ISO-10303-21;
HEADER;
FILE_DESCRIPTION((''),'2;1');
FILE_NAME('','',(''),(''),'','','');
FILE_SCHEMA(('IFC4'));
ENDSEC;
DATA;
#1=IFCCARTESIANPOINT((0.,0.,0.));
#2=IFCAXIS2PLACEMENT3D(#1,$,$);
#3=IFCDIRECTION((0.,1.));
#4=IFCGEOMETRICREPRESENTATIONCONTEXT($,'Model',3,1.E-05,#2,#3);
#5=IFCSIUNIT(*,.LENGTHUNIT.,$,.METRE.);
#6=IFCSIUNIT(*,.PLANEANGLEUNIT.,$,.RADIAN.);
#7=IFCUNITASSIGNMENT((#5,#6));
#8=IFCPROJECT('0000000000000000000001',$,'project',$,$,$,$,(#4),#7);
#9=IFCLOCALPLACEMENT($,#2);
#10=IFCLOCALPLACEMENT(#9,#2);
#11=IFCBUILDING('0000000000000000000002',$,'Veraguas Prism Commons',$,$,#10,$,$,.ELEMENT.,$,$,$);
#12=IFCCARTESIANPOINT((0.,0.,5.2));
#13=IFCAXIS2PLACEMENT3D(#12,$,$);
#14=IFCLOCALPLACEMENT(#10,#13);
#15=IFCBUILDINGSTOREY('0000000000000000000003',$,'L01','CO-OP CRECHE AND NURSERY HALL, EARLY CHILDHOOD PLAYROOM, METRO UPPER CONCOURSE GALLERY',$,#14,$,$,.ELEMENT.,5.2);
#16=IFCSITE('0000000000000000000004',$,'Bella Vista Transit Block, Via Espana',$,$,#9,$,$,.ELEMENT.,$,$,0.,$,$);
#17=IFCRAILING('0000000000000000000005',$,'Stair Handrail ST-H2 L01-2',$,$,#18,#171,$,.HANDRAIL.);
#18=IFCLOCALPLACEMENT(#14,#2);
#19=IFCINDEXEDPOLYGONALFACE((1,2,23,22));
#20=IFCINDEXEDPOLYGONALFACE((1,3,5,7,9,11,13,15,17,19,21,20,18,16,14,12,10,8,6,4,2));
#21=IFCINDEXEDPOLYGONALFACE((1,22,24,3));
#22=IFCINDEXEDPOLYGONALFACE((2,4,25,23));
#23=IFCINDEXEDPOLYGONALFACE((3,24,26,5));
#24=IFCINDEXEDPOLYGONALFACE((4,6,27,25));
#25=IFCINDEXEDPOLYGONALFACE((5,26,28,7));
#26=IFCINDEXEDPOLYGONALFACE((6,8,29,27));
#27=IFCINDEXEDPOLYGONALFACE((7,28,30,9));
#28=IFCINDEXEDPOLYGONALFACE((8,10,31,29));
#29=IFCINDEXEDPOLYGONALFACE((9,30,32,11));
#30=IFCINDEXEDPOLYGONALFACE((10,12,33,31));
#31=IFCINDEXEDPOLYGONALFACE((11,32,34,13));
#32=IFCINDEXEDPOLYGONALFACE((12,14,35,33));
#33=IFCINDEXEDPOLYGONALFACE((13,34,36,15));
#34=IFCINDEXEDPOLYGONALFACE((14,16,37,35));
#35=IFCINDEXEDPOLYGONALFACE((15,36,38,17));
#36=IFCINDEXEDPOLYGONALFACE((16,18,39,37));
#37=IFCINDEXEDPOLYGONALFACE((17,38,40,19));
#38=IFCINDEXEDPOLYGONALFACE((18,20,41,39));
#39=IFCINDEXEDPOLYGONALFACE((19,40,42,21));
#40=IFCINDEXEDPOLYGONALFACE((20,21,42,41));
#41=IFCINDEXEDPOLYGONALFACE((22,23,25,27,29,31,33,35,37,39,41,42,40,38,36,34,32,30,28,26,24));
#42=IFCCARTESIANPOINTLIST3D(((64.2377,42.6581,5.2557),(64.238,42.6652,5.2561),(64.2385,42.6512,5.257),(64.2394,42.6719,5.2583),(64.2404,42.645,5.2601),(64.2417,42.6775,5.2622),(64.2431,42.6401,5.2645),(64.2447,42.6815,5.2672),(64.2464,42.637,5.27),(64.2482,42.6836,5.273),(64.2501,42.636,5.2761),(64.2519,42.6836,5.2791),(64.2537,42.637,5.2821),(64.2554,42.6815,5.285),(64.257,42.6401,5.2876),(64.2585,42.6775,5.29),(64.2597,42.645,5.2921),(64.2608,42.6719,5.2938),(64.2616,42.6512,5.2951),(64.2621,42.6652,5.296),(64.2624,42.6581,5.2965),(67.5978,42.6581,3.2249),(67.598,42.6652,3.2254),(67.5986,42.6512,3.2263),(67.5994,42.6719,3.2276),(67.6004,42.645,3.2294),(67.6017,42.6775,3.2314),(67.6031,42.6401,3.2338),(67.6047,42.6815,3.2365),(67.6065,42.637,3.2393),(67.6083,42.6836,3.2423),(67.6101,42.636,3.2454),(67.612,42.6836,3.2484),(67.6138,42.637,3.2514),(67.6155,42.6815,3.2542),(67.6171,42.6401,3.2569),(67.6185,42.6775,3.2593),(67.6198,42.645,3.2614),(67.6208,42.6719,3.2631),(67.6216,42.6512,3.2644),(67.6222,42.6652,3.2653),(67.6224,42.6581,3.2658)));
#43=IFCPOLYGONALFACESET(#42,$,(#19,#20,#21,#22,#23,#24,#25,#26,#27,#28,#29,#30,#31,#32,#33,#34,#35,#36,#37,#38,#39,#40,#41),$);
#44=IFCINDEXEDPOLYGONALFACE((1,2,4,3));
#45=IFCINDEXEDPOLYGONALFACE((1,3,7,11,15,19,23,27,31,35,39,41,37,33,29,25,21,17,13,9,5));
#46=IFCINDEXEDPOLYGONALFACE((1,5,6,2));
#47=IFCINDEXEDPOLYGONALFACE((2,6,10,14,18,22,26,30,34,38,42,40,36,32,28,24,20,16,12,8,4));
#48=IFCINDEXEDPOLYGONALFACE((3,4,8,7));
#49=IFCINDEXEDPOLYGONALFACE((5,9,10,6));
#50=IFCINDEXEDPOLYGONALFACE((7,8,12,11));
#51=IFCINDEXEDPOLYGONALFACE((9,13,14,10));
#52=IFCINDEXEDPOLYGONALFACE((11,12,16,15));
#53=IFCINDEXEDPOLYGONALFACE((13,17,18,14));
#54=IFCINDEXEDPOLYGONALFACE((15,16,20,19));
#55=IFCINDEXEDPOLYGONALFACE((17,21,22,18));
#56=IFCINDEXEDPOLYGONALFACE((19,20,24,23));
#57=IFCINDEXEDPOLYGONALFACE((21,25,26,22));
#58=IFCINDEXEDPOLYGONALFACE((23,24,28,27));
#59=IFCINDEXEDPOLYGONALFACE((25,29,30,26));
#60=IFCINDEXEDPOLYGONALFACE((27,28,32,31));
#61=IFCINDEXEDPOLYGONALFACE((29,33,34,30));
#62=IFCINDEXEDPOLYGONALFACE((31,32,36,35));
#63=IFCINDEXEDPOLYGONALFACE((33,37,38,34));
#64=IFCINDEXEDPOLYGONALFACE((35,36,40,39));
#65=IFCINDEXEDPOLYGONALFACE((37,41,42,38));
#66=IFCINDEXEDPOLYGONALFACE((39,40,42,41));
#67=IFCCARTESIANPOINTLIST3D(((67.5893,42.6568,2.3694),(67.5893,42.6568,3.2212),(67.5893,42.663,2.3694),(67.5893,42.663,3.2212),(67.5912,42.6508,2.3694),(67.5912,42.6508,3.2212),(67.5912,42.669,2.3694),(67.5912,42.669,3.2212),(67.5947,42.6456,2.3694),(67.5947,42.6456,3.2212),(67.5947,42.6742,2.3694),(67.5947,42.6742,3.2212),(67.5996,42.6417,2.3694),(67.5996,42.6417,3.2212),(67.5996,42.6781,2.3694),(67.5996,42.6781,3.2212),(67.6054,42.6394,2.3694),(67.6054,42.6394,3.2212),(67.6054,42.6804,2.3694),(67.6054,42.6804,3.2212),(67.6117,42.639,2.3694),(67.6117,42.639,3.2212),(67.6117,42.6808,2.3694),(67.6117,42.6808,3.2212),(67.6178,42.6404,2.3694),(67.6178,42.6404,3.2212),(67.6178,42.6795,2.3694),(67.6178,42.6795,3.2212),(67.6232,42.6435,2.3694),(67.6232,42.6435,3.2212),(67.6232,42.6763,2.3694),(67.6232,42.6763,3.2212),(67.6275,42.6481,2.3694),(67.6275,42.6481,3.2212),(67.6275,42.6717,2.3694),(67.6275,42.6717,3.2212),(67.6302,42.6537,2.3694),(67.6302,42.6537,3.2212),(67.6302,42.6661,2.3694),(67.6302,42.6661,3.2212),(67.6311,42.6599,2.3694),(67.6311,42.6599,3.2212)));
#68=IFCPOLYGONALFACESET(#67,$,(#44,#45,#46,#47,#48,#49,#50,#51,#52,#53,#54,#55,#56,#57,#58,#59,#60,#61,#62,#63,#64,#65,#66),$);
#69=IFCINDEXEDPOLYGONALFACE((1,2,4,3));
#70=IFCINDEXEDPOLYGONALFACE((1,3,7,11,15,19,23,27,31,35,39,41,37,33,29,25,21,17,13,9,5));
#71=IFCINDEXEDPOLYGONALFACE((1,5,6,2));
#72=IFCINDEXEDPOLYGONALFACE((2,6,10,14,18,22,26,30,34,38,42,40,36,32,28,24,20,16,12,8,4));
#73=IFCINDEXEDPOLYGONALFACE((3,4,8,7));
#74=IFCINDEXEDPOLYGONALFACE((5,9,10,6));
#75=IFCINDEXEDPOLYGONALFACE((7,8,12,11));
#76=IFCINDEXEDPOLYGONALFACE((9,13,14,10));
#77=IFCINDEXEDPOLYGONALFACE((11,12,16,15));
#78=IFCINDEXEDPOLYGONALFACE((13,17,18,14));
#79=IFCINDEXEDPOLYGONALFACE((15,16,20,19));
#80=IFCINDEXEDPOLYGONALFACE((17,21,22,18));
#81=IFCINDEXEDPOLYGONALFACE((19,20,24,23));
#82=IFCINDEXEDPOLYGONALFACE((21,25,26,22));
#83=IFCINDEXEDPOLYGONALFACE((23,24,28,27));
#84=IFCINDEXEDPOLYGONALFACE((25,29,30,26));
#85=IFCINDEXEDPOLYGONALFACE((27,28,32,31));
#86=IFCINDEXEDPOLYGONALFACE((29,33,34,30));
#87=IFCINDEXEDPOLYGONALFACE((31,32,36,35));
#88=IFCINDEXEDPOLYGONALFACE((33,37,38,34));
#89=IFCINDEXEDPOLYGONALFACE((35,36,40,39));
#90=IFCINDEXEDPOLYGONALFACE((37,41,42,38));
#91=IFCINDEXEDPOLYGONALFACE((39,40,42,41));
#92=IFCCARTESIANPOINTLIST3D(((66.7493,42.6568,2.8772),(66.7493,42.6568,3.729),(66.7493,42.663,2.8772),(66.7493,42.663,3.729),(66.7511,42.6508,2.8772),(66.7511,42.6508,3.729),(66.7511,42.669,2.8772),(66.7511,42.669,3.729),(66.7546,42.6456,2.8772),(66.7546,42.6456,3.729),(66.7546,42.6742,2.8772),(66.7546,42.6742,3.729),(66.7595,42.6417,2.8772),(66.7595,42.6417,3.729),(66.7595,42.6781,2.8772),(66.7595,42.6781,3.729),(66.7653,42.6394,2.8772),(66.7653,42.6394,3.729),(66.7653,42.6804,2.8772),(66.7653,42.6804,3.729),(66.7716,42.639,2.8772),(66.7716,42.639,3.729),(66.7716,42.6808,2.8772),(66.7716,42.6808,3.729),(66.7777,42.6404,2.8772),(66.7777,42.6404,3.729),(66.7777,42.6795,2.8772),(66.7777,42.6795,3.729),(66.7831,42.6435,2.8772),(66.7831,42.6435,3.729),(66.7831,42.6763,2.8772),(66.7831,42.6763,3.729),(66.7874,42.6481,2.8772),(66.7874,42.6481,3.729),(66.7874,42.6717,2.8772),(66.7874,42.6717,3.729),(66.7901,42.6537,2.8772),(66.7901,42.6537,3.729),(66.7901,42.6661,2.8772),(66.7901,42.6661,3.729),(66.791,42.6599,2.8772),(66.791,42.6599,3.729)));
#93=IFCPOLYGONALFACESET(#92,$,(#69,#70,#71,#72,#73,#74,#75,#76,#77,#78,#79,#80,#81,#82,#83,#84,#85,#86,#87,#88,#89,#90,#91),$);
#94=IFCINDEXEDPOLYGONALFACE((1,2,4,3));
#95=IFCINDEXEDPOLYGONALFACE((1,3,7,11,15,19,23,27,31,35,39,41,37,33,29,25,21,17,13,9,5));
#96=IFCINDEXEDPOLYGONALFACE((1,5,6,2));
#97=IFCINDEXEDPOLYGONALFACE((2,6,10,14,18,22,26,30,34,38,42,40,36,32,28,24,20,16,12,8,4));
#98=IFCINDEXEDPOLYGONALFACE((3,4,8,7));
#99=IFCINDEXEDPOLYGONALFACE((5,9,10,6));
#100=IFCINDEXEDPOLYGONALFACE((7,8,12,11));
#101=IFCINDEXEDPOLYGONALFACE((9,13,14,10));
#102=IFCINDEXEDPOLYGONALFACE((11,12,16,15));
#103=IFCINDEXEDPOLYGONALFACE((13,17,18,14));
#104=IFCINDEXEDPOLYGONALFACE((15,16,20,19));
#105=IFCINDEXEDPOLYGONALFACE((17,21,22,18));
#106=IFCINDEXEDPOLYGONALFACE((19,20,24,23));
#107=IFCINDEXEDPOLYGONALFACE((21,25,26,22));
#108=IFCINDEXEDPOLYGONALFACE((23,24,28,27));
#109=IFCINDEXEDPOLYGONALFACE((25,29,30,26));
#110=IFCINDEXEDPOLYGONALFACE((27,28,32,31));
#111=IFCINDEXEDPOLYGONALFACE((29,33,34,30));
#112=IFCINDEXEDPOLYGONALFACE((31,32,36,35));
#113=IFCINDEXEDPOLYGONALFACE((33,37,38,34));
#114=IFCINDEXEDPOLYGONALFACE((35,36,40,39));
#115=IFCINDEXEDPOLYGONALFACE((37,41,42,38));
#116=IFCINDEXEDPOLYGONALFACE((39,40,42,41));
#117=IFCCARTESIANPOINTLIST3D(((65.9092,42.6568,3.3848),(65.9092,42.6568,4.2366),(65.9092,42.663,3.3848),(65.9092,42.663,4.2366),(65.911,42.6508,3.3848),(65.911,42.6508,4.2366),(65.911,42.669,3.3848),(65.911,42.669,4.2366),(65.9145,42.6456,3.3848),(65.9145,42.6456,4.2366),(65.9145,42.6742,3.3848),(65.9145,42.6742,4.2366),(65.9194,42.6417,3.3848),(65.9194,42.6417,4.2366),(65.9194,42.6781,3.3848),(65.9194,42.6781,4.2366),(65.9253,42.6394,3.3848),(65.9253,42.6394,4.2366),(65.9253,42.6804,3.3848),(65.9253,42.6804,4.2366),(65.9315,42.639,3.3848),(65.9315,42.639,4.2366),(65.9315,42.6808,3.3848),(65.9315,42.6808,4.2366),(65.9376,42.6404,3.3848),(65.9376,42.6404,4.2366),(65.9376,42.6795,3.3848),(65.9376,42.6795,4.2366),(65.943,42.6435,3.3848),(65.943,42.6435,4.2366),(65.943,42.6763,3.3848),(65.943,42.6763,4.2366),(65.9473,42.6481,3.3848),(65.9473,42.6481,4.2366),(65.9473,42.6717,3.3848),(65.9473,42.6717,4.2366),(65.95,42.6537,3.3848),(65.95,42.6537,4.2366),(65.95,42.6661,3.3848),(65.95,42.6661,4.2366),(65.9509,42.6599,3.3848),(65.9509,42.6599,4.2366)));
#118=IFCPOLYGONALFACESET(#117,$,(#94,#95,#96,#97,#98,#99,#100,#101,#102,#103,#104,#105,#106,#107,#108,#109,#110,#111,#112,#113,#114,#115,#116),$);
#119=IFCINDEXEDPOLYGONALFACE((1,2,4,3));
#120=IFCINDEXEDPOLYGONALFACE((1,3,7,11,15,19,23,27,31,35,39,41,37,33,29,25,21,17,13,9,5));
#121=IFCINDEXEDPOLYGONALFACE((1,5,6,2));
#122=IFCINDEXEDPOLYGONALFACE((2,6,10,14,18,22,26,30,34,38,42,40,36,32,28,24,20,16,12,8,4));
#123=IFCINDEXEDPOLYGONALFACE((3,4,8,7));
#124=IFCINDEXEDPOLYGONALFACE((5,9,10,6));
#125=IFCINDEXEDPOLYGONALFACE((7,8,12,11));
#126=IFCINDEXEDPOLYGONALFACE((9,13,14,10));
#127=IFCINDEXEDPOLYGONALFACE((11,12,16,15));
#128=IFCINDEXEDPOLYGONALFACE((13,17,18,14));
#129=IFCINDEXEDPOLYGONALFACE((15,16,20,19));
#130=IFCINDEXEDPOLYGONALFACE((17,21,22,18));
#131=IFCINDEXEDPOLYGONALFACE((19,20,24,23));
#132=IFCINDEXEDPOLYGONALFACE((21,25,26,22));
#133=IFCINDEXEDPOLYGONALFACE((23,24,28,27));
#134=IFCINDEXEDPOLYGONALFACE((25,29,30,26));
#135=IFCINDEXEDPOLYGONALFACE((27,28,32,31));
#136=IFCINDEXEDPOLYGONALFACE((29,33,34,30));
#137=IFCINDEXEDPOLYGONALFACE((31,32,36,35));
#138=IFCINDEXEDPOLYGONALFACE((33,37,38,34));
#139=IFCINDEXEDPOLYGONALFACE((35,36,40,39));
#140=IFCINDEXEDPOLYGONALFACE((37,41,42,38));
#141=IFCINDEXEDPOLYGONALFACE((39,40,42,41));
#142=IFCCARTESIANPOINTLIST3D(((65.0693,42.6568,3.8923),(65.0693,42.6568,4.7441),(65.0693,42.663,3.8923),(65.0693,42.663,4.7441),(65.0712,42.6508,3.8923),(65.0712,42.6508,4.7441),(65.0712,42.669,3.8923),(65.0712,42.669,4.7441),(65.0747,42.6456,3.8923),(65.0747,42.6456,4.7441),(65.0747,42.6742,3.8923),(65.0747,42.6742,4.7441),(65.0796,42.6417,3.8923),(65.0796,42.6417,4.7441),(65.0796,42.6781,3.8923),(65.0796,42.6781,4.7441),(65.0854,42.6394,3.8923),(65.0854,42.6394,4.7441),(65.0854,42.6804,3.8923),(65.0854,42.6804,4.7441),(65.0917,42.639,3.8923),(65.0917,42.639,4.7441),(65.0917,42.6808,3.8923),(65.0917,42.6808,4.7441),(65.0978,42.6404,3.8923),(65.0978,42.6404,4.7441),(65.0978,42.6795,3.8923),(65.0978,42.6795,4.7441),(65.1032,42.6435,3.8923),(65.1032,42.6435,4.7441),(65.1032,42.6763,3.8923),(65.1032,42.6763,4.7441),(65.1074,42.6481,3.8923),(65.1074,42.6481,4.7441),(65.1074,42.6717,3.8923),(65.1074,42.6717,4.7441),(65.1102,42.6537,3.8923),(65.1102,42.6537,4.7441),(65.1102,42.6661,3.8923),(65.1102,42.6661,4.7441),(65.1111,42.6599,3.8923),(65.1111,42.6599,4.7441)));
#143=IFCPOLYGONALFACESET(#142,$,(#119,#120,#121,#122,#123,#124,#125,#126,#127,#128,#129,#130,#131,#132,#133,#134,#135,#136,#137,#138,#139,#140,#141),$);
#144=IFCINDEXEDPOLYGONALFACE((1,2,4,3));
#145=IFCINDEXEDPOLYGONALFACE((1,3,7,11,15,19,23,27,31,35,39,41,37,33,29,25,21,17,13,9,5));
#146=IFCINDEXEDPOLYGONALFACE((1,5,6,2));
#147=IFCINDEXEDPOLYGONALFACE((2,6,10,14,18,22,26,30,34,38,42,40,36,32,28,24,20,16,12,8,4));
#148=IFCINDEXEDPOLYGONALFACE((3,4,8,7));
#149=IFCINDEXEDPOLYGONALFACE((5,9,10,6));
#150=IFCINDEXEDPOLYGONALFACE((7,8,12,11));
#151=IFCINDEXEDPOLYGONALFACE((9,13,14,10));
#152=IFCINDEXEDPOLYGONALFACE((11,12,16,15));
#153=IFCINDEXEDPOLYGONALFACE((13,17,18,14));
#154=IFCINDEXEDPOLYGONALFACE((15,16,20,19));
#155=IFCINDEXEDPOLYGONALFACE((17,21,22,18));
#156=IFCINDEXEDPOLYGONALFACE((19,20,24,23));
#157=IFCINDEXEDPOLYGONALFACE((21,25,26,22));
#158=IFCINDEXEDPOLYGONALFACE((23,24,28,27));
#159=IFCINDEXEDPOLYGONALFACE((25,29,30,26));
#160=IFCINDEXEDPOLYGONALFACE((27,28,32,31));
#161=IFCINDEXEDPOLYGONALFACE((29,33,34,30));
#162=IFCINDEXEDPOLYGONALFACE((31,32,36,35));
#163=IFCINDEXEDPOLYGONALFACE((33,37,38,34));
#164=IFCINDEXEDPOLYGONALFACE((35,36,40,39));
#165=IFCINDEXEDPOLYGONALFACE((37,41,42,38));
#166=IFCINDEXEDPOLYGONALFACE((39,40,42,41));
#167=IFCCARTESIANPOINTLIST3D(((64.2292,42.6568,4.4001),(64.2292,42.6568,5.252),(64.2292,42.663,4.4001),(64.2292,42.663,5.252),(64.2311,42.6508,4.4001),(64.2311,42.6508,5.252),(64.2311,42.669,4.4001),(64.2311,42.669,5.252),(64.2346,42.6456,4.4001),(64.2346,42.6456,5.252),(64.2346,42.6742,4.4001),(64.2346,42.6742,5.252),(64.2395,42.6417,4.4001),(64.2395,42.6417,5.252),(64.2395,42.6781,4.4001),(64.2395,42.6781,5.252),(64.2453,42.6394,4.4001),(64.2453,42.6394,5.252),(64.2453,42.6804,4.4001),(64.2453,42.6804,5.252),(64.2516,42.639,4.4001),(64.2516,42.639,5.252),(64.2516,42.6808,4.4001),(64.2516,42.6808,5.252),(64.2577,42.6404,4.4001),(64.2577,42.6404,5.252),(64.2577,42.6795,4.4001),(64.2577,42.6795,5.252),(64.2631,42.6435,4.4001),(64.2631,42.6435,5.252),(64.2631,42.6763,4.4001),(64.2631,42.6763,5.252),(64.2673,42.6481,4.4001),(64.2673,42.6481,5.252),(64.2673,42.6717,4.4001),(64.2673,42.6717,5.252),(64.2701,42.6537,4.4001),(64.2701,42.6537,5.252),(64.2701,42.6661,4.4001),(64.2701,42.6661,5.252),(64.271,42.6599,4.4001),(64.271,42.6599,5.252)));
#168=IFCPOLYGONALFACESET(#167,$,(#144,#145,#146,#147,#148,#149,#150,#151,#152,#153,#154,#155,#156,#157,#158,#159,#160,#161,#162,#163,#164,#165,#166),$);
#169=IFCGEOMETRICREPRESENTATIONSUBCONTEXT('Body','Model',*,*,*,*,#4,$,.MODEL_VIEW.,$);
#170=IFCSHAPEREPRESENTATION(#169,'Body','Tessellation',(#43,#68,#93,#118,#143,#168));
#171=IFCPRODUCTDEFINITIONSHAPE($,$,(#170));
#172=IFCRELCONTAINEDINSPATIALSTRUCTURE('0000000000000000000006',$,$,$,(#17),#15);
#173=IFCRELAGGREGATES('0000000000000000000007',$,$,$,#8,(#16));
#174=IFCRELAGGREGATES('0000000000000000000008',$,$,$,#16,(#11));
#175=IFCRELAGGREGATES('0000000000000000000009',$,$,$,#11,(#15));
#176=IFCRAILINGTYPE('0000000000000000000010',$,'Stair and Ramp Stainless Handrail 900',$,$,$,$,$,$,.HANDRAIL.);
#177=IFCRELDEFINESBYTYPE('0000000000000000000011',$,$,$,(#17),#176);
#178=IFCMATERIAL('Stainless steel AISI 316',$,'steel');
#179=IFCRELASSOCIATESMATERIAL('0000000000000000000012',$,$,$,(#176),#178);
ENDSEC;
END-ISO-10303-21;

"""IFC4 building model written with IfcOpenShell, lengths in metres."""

from ifc_helpers import new_model, si_unit, direction, frame, origin, origin_2d, place, context, subcontext, project, spatial, circle, extrude, material, type_object, element, save


model = new_model("IFC4")

# Units and contexts
model_context = context("Model", 3, precision=1e-05, world=origin(), true_north=direction((0.0, 1.0)))
body_context = subcontext(model_context, "Body", "Model", "MODEL_VIEW")
ifc_project = project(units=[si_unit("LENGTHUNIT", "METRE"), si_unit("PLANEANGLEUNIT", "RADIAN")], contexts=[model_context])

# Site, building, storey
site_placement = place(None, origin())
site = spatial("IfcSite", under=ifc_project, at=site_placement, Name="Bella Vista Transit Block, Via Espana", CompositionType="ELEMENT", RefElevation=0.0)
building_placement = place(site_placement, origin())
building = spatial("IfcBuilding", under=site, at=building_placement, Name="Veraguas Prism Commons", CompositionType="ELEMENT")
storey_placement = place(building_placement, frame((0.0, 0.0, 5.2)))
storey = spatial("IfcBuildingStorey", under=building, at=storey_placement, Name="L01", Description="CO-OP CRECHE AND NURSERY HALL, EARLY CHILDHOOD PLAYROOM, METRO UPPER CONCOURSE GALLERY", CompositionType="ELEMENT", Elevation=5.2)

# Railing
ifc_material_1 = material(Name="Stainless steel AISI 316", Category="steel")
railing_type_1 = type_object("IfcRailingType", Name="Stair and Ramp Stainless Handrail 900", PredefinedType="HANDRAIL", material=ifc_material_1)
railing_1_placement = place(storey_placement, frame((67.6101, 42.6599, 2.3694)))
element("IfcRailing", 1, at=railing_1_placement, inside=storey, type_object=railing_type_1, Name="Stair Handrail ST-H2 L01-2", PredefinedType="HANDRAIL", context=body_context, shape_type="SweptSolid", body=[
    extrude(circle(Radius=0.0239, at=origin_2d()), frame((0.0, 0.0, 0.876), z_axis=(-0.855837, 0.0, 0.517246), x_axis=(0.0, -1.0, 0.0)), (0.0, 0.0, 1.0), 3.926),
    extrude(circle(Radius=0.021, at=origin_2d()), origin(), (0.0, 0.0, 1.0), 0.8518),
    extrude(circle(Radius=0.021, at=origin_2d()), frame((-0.8401, 0.0, 0.5078)), (0.0, 0.0, 1.0), 0.8518),
    extrude(circle(Radius=0.021, at=origin_2d()), frame((-1.6802, 0.0, 1.0154)), (0.0, 0.0, 1.0), 0.8518),
    extrude(circle(Radius=0.021, at=origin_2d()), frame((-2.52, 0.0, 1.5229)), (0.0, 0.0, 1.0), 0.8518),
    extrude(circle(Radius=0.021, at=origin_2d()), frame((-3.3601, 0.0, 2.0308)), (0.0, 0.0, 1.0), 0.8518),
])

save(model, "model.ifc")
